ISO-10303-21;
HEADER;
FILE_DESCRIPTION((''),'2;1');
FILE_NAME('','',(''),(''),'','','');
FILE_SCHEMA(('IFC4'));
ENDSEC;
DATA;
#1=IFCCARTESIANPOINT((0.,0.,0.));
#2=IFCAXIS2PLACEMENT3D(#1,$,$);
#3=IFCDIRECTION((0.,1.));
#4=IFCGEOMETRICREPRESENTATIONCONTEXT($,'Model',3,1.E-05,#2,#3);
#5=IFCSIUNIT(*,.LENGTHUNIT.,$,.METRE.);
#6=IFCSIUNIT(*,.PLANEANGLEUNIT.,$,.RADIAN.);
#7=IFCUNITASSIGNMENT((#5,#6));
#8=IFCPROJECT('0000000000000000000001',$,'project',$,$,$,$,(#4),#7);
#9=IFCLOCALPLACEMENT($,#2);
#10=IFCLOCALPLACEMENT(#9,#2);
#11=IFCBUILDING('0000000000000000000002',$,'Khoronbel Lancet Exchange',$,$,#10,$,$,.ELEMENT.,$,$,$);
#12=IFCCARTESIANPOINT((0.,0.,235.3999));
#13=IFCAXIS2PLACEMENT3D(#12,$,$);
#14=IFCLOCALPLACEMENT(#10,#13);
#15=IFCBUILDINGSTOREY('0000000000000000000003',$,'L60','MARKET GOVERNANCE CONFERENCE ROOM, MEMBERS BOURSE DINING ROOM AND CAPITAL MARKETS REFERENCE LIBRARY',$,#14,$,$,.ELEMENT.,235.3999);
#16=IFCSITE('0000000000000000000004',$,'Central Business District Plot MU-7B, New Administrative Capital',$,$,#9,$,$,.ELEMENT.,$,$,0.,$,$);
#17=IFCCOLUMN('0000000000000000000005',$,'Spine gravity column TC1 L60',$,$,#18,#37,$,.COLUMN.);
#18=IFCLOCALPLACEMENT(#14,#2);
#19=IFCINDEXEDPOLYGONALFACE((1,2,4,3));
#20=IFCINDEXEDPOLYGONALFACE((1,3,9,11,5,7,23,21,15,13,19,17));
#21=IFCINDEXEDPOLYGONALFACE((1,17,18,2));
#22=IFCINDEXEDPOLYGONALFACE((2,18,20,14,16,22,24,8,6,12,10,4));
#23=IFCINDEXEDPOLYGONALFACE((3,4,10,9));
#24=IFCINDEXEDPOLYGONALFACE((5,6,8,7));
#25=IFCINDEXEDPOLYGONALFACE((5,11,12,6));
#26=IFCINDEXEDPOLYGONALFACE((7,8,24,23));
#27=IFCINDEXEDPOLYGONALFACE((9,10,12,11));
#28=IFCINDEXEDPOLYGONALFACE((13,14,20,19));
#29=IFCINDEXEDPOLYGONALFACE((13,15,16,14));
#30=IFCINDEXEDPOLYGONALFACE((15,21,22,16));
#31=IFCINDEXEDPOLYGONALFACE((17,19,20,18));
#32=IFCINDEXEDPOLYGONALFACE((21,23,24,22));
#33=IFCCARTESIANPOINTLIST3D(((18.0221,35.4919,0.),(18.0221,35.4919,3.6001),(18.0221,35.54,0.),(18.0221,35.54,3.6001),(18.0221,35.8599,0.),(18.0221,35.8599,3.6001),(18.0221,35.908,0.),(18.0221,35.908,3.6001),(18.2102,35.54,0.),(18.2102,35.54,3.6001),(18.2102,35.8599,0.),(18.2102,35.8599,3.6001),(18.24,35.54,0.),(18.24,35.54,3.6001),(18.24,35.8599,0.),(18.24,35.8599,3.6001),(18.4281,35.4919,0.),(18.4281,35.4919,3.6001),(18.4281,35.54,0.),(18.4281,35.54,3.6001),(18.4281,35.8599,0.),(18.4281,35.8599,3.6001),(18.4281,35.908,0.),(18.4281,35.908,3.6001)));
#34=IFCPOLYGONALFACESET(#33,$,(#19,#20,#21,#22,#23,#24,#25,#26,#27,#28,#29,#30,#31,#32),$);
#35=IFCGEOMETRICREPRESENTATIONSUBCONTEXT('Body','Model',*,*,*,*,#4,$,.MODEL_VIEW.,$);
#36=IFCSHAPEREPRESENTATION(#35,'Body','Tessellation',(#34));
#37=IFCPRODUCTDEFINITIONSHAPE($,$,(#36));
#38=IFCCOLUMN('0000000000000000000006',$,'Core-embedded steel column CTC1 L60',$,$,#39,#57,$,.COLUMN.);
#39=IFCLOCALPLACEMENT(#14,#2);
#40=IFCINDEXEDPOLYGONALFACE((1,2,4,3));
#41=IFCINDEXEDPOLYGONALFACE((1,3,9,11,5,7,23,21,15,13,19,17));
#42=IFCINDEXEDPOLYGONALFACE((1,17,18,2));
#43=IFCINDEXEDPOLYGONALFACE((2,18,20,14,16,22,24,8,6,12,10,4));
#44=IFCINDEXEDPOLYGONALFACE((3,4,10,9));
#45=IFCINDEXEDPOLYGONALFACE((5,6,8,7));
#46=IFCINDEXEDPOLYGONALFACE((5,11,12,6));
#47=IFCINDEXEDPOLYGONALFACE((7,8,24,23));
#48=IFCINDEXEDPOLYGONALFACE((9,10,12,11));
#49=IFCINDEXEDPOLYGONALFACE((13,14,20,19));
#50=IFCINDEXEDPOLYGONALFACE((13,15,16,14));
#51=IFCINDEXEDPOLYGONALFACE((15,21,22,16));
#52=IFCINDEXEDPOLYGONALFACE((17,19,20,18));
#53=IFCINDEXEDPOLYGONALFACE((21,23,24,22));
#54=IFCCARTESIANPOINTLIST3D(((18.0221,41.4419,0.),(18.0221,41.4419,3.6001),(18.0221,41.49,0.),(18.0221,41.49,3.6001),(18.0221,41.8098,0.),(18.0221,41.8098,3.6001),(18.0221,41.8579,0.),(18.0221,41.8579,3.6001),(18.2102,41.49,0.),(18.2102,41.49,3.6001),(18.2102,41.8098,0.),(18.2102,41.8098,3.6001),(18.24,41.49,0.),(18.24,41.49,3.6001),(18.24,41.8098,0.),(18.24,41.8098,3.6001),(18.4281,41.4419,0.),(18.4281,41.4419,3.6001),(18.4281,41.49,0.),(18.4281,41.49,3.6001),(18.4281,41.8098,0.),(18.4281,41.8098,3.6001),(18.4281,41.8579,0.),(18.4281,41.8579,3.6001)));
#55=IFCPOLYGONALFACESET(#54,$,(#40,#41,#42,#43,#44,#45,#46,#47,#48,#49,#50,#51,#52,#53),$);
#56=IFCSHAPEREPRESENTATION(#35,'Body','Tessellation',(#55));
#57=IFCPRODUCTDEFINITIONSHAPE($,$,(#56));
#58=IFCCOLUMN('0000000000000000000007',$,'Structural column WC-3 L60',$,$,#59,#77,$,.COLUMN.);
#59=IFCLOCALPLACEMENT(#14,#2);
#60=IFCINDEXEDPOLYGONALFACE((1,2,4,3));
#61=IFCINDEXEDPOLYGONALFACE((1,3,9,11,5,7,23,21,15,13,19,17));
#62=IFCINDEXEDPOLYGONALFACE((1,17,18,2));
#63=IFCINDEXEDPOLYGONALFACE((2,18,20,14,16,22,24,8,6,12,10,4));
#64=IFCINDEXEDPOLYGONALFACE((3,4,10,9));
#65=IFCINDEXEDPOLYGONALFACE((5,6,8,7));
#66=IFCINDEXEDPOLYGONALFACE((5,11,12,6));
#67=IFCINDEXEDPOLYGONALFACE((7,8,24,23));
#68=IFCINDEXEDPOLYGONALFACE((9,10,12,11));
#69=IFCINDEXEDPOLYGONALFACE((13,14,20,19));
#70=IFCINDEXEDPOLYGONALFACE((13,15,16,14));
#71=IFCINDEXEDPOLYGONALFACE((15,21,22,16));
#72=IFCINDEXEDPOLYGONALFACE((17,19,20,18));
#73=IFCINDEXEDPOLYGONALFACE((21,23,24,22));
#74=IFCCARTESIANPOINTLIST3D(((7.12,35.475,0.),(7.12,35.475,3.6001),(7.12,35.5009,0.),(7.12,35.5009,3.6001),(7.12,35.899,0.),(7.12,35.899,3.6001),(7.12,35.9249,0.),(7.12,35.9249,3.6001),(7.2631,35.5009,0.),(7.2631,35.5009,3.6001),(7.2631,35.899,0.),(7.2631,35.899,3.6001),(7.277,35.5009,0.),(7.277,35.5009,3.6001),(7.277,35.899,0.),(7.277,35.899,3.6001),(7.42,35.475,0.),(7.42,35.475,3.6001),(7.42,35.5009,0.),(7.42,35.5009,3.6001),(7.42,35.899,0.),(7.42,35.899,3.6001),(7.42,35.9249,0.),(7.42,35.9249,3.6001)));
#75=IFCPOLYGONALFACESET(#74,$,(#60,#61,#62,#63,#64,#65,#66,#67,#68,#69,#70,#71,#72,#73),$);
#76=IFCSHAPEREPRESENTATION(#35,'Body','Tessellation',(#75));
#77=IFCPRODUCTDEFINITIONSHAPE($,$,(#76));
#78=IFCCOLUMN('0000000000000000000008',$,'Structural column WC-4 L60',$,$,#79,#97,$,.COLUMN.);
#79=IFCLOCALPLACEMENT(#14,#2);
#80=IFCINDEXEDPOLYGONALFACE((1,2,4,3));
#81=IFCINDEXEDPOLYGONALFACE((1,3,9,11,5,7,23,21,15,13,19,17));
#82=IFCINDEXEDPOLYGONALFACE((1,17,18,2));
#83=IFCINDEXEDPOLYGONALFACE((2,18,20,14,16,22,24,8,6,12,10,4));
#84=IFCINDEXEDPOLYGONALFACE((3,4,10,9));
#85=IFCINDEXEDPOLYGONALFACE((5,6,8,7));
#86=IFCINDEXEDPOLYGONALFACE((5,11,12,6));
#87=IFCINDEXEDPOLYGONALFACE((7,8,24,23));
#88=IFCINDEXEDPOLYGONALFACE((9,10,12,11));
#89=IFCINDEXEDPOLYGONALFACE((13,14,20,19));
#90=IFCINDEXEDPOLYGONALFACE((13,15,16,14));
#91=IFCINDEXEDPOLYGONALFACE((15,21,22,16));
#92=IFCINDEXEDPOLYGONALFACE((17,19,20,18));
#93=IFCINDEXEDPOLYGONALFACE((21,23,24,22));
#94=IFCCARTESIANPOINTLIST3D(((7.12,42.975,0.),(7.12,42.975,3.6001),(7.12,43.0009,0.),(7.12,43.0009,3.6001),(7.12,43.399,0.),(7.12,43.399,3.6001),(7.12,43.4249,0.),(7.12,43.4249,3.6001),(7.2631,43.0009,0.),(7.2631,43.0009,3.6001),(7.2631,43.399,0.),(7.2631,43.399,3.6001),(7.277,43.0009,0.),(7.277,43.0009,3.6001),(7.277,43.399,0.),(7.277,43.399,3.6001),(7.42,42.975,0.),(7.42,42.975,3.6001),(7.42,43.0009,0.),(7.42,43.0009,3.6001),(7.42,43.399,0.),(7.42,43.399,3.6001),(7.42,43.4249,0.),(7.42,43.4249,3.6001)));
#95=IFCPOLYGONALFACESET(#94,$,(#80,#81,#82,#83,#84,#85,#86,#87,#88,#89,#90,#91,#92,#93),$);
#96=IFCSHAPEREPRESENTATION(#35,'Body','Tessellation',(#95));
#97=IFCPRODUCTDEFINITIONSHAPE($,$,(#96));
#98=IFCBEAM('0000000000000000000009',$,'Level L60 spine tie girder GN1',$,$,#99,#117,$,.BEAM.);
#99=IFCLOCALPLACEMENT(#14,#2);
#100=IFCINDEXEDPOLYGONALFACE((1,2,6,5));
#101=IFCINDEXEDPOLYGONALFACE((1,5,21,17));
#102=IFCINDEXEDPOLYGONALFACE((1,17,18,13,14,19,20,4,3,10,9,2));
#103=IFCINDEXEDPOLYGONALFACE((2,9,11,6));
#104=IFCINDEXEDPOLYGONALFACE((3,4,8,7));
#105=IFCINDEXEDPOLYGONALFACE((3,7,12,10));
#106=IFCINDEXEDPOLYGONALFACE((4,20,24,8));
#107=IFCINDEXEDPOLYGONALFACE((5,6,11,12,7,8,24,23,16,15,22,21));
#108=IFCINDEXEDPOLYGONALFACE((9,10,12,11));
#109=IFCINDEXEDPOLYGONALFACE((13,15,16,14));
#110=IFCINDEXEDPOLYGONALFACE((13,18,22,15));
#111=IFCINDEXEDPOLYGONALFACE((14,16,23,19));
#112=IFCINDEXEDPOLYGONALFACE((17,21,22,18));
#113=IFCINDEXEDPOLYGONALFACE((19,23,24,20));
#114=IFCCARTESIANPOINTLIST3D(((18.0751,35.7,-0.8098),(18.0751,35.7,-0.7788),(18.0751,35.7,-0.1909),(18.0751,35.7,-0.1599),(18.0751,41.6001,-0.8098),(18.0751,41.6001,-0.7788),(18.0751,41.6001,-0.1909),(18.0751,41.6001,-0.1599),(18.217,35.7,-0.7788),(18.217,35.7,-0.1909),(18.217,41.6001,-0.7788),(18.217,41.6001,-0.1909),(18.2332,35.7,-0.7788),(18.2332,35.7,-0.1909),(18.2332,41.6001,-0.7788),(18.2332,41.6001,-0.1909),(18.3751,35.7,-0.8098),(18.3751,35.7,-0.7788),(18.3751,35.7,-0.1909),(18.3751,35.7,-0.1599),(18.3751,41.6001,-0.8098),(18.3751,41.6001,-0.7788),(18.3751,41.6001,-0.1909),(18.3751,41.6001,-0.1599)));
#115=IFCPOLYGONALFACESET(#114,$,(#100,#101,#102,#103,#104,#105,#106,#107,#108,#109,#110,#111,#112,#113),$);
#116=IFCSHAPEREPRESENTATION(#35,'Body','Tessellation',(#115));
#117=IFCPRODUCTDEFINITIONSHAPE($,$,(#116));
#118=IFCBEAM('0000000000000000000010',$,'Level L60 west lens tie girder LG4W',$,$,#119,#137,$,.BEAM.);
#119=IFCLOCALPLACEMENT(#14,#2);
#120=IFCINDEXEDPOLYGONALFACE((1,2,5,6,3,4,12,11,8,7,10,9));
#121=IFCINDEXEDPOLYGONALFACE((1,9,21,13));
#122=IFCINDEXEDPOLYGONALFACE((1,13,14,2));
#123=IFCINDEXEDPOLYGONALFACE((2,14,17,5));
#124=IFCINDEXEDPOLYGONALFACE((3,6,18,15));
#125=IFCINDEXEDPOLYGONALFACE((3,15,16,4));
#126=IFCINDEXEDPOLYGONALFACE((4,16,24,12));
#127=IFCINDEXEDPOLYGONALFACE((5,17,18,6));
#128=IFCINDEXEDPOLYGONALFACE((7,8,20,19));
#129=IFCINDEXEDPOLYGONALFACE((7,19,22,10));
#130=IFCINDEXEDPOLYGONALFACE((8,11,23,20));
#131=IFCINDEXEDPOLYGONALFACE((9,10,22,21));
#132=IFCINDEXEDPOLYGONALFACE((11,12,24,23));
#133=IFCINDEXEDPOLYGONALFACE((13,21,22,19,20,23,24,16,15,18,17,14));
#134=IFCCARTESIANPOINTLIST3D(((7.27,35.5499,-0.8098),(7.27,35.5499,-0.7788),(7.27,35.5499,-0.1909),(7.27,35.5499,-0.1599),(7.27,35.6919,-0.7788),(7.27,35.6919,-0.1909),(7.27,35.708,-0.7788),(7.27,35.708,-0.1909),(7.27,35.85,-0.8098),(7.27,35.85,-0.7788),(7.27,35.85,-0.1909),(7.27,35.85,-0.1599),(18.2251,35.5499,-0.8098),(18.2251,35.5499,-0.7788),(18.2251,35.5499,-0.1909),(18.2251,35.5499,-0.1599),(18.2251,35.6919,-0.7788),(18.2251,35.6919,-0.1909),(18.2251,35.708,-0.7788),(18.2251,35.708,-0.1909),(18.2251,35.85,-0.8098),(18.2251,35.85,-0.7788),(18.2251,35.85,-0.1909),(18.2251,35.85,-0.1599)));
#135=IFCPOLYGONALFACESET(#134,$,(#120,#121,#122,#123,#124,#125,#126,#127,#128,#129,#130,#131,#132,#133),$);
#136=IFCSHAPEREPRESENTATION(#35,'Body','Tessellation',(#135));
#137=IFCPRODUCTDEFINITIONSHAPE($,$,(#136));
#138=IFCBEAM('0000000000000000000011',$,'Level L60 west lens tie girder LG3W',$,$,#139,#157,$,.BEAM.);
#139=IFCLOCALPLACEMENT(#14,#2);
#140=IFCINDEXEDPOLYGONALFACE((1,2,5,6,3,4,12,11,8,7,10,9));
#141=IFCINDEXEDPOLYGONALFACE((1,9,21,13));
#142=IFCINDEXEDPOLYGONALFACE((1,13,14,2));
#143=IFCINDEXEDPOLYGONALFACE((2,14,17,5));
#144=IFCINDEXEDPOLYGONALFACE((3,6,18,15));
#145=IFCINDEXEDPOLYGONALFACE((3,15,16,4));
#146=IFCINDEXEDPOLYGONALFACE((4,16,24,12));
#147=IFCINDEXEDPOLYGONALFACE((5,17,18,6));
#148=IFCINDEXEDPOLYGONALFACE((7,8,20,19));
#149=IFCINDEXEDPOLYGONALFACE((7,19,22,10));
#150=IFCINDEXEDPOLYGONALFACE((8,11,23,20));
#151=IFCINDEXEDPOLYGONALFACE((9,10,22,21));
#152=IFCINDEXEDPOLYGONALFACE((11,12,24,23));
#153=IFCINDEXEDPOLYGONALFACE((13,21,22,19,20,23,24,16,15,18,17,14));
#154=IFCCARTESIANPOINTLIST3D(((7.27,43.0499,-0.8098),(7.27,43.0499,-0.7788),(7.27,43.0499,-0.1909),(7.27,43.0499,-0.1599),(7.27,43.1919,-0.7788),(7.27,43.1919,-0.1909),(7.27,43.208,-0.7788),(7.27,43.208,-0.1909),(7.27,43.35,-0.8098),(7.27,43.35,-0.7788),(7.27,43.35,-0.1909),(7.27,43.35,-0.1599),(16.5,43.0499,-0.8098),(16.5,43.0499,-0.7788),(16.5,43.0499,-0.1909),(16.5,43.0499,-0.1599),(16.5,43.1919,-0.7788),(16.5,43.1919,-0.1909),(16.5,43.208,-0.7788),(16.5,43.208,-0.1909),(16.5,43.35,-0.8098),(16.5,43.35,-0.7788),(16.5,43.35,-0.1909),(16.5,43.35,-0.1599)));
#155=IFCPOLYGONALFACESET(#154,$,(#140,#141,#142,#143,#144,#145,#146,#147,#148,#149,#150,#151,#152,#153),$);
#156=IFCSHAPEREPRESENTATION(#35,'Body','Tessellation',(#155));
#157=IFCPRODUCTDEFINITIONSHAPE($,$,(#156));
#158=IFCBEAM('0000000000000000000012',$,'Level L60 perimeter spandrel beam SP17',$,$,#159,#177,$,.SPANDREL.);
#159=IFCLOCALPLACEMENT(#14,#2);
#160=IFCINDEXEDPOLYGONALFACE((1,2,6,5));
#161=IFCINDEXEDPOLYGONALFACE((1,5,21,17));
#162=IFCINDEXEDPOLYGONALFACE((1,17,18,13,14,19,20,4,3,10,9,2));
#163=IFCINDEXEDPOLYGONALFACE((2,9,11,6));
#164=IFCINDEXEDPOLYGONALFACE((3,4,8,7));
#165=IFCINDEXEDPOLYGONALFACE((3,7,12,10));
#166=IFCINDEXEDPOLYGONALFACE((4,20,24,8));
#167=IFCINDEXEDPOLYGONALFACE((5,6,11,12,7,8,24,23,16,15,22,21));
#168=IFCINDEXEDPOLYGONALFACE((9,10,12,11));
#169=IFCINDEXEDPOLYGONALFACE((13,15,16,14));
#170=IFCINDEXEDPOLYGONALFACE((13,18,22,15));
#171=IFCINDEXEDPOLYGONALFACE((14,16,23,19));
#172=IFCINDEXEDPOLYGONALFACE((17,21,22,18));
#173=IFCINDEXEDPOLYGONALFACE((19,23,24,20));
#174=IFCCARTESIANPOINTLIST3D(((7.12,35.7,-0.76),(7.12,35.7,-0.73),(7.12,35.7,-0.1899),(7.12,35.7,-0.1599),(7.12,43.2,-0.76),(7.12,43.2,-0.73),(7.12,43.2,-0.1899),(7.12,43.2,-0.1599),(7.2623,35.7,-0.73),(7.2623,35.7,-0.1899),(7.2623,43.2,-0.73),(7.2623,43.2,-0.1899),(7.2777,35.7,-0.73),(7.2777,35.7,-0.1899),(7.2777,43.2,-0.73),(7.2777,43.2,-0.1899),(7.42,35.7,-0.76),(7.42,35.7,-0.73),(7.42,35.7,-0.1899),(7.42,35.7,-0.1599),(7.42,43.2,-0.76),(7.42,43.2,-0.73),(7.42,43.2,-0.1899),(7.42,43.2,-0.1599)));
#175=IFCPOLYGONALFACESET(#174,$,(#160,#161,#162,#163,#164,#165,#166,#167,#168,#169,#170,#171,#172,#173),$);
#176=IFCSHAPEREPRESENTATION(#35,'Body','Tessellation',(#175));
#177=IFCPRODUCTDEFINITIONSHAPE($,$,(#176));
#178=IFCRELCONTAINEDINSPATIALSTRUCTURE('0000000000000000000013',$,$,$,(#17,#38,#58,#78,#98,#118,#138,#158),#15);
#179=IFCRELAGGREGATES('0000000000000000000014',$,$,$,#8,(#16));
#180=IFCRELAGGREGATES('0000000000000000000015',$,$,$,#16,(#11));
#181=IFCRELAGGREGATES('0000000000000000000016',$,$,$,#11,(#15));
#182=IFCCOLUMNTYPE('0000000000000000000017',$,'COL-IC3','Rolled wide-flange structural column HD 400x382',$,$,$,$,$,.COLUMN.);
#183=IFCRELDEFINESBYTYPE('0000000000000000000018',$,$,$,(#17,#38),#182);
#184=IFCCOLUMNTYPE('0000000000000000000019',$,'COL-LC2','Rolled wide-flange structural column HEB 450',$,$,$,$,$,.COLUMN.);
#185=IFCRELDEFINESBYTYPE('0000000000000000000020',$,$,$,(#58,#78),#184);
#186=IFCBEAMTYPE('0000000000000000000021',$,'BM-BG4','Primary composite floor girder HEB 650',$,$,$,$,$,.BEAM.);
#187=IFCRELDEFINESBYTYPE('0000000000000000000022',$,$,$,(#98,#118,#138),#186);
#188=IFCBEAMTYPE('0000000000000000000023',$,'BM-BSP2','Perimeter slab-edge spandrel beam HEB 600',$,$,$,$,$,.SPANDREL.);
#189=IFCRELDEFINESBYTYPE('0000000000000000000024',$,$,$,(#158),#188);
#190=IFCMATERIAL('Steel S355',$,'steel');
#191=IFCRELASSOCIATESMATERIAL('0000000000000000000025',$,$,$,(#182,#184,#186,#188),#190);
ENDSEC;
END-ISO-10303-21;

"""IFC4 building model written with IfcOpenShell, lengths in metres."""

from ifc_helpers import new_model, si_unit, direction, frame, origin, origin_2d, place, context, subcontext, project, spatial, i_section, extrude, material, material_profile, profile_set, type_object, element, save


model = new_model("IFC4")

# Units and contexts
model_context = context("Model", 3, precision=1e-05, world=origin(), true_north=direction((0.0, 1.0)))
body_context = subcontext(model_context, "Body", "Model", "MODEL_VIEW")
ifc_project = project(units=[si_unit("LENGTHUNIT", "METRE"), si_unit("PLANEANGLEUNIT", "RADIAN")], contexts=[model_context])

# Site, building, storey
site_placement = place(None, origin())
site = spatial("IfcSite", under=ifc_project, at=site_placement, Name="Central Business District Plot MU-7B, New Administrative Capital", CompositionType="ELEMENT", RefElevation=0.0)
building_placement = place(site_placement, origin())
building = spatial("IfcBuilding", under=site, at=building_placement, Name="Khoronbel Lancet Exchange", CompositionType="ELEMENT")
storey_placement = place(building_placement, frame((0.0, 0.0, 235.3999)))
storey = spatial("IfcBuildingStorey", under=building, at=storey_placement, Name="L60", Description="MARKET GOVERNANCE CONFERENCE ROOM, MEMBERS BOURSE DINING ROOM AND CAPITAL MARKETS REFERENCE LIBRARY", CompositionType="ELEMENT", Elevation=235.3999)

# Columns
ifc_material_1 = material(Name="Steel S355", Category="steel")
ifc_material_profile_1 = material_profile(ifc_material_1, i_section(OverallWidth=0.406, OverallDepth=0.416, WebThickness=0.0298, FlangeThickness=0.0481, at=origin_2d()), Name="HD 400x382")
ifc_profile_set_1 = profile_set([ifc_material_profile_1], Name="Steel S355")
column_type_1 = type_object("IfcColumnType", Name="COL-IC3", Description="Rolled wide-flange structural column HD 400x382", PredefinedType="COLUMN", material=ifc_profile_set_1)
for number, where, z_axis, x_axis, name in (
    (1, (18.2251, 35.7, 0.0), (0.0, 0.0, 1.0), (1.0, 0.0, 0.0), "Spine gravity column TC1 L60"),
    (2, (18.2251, 41.6499, 0.0), (0.0, 0.0, 1.0), (1.0, 0.0, 0.0), "Core-embedded steel column CTC1 L60"),
):
    element("IfcColumn", number, at=place(storey_placement, frame(where, z_axis=z_axis, x_axis=x_axis)), inside=storey, type_object=column_type_1, Name=name, PredefinedType="COLUMN", context=body_context, shape_type="SweptSolid", body=[
        extrude(i_section(OverallWidth=0.406, OverallDepth=0.416, WebThickness=0.0298, FlangeThickness=0.0481, at=origin_2d()), origin(), (0.0, 0.0, 1.0), 3.6001),
    ])
ifc_material_profile_2 = material_profile(ifc_material_1, i_section(OverallWidth=0.3, OverallDepth=0.45, WebThickness=0.0139, FlangeThickness=0.0259, at=origin_2d()), Name="HEB 450")
ifc_profile_set_2 = profile_set([ifc_material_profile_2], Name="Steel S355")
column_type_2 = type_object("IfcColumnType", Name="COL-LC2", Description="Rolled wide-flange structural column HEB 450", PredefinedType="COLUMN", material=ifc_profile_set_2)
for number, where, z_axis, x_axis, name in (
    (3, (7.27, 35.7, 0.0), (0.0, 0.0, 1.0), (1.0, 0.0, 0.0), "Structural column WC-3 L60"),
    (4, (7.27, 43.2, 0.0), (0.0, 0.0, 1.0), (1.0, 0.0, 0.0), "Structural column WC-4 L60"),
):
    element("IfcColumn", number, at=place(storey_placement, frame(where, z_axis=z_axis, x_axis=x_axis)), inside=storey, type_object=column_type_2, Name=name, PredefinedType="COLUMN", context=body_context, shape_type="SweptSolid", body=[
        extrude(i_section(OverallWidth=0.3, OverallDepth=0.45, WebThickness=0.0139, FlangeThickness=0.0259, at=origin_2d()), origin(), (0.0, 0.0, 1.0), 3.6001),
    ])

# Beams
ifc_material_profile_3 = material_profile(ifc_material_1, i_section(OverallWidth=0.3, OverallDepth=0.6499, WebThickness=0.0161, FlangeThickness=0.031, at=origin_2d()), Name="HEB 650")
ifc_profile_set_3 = profile_set([ifc_material_profile_3], Name="Steel S355")
beam_type_1 = type_object("IfcBeamType", Name="BM-BG4", Description="Primary composite floor girder HEB 650", PredefinedType="BEAM", material=ifc_profile_set_3)
beam_1_placement = place(storey_placement, frame((18.2251, 35.7, -0.4849), z_axis=(0.0, 1.0, 0.0), x_axis=(-1.0, 0.0, 0.0)))
element("IfcBeam", 5, at=beam_1_placement, inside=storey, type_object=beam_type_1, Name="Level L60 spine tie girder GN1", PredefinedType="BEAM", context=body_context, shape_type="SweptSolid", body=[
    extrude(i_section(OverallWidth=0.3, OverallDepth=0.6499, WebThickness=0.0161, FlangeThickness=0.031, at=origin_2d()), origin(), (0.0, 0.0, 1.0), 5.9001),
])
beam_2_placement = place(storey_placement, frame((7.27, 35.7, -0.4849), z_axis=(1.0, 0.0, 0.0), x_axis=(0.0, 1.0, 0.0)))
element("IfcBeam", 6, at=beam_2_placement, inside=storey, type_object=beam_type_1, Name="Level L60 west lens tie girder LG4W", PredefinedType="BEAM", context=body_context, shape_type="SweptSolid", body=[
    extrude(i_section(OverallWidth=0.3, OverallDepth=0.6499, WebThickness=0.0161, FlangeThickness=0.031, at=origin_2d()), origin(), (0.0, 0.0, 1.0), 10.9551),
])
beam_3_placement = place(storey_placement, frame((7.27, 43.2, -0.4849), z_axis=(1.0, 0.0, 0.0), x_axis=(0.0, 1.0, 0.0)))
element("IfcBeam", 7, at=beam_3_placement, inside=storey, type_object=beam_type_1, Name="Level L60 west lens tie girder LG3W", PredefinedType="BEAM", context=body_context, shape_type="SweptSolid", body=[
    extrude(i_section(OverallWidth=0.3, OverallDepth=0.6499, WebThickness=0.0161, FlangeThickness=0.031, at=origin_2d()), origin(), (0.0, 0.0, 1.0), 9.23),
])
ifc_material_profile_4 = material_profile(ifc_material_1, i_section(OverallWidth=0.3, OverallDepth=0.6001, WebThickness=0.0154, FlangeThickness=0.03, at=origin_2d()), Name="HEB 600")
ifc_profile_set_4 = profile_set([ifc_material_profile_4], Name="Steel S355")
beam_type_2 = type_object("IfcBeamType", Name="BM-BSP2", Description="Perimeter slab-edge spandrel beam HEB 600", PredefinedType="SPANDREL", material=ifc_profile_set_4)
beam_4_placement = place(storey_placement, frame((7.27, 43.2, -0.46), z_axis=(0.0, -1.0, 0.0), x_axis=(1.0, 0.0, 0.0)))
element("IfcBeam", 8, at=beam_4_placement, inside=storey, type_object=beam_type_2, Name="Level L60 perimeter spandrel beam SP17", PredefinedType="SPANDREL", context=body_context, shape_type="SweptSolid", body=[
    extrude(i_section(OverallWidth=0.3, OverallDepth=0.6001, WebThickness=0.0154, FlangeThickness=0.03, at=origin_2d()), origin(), (0.0, 0.0, 1.0), 7.5),
])

save(model, "model.ifc")
